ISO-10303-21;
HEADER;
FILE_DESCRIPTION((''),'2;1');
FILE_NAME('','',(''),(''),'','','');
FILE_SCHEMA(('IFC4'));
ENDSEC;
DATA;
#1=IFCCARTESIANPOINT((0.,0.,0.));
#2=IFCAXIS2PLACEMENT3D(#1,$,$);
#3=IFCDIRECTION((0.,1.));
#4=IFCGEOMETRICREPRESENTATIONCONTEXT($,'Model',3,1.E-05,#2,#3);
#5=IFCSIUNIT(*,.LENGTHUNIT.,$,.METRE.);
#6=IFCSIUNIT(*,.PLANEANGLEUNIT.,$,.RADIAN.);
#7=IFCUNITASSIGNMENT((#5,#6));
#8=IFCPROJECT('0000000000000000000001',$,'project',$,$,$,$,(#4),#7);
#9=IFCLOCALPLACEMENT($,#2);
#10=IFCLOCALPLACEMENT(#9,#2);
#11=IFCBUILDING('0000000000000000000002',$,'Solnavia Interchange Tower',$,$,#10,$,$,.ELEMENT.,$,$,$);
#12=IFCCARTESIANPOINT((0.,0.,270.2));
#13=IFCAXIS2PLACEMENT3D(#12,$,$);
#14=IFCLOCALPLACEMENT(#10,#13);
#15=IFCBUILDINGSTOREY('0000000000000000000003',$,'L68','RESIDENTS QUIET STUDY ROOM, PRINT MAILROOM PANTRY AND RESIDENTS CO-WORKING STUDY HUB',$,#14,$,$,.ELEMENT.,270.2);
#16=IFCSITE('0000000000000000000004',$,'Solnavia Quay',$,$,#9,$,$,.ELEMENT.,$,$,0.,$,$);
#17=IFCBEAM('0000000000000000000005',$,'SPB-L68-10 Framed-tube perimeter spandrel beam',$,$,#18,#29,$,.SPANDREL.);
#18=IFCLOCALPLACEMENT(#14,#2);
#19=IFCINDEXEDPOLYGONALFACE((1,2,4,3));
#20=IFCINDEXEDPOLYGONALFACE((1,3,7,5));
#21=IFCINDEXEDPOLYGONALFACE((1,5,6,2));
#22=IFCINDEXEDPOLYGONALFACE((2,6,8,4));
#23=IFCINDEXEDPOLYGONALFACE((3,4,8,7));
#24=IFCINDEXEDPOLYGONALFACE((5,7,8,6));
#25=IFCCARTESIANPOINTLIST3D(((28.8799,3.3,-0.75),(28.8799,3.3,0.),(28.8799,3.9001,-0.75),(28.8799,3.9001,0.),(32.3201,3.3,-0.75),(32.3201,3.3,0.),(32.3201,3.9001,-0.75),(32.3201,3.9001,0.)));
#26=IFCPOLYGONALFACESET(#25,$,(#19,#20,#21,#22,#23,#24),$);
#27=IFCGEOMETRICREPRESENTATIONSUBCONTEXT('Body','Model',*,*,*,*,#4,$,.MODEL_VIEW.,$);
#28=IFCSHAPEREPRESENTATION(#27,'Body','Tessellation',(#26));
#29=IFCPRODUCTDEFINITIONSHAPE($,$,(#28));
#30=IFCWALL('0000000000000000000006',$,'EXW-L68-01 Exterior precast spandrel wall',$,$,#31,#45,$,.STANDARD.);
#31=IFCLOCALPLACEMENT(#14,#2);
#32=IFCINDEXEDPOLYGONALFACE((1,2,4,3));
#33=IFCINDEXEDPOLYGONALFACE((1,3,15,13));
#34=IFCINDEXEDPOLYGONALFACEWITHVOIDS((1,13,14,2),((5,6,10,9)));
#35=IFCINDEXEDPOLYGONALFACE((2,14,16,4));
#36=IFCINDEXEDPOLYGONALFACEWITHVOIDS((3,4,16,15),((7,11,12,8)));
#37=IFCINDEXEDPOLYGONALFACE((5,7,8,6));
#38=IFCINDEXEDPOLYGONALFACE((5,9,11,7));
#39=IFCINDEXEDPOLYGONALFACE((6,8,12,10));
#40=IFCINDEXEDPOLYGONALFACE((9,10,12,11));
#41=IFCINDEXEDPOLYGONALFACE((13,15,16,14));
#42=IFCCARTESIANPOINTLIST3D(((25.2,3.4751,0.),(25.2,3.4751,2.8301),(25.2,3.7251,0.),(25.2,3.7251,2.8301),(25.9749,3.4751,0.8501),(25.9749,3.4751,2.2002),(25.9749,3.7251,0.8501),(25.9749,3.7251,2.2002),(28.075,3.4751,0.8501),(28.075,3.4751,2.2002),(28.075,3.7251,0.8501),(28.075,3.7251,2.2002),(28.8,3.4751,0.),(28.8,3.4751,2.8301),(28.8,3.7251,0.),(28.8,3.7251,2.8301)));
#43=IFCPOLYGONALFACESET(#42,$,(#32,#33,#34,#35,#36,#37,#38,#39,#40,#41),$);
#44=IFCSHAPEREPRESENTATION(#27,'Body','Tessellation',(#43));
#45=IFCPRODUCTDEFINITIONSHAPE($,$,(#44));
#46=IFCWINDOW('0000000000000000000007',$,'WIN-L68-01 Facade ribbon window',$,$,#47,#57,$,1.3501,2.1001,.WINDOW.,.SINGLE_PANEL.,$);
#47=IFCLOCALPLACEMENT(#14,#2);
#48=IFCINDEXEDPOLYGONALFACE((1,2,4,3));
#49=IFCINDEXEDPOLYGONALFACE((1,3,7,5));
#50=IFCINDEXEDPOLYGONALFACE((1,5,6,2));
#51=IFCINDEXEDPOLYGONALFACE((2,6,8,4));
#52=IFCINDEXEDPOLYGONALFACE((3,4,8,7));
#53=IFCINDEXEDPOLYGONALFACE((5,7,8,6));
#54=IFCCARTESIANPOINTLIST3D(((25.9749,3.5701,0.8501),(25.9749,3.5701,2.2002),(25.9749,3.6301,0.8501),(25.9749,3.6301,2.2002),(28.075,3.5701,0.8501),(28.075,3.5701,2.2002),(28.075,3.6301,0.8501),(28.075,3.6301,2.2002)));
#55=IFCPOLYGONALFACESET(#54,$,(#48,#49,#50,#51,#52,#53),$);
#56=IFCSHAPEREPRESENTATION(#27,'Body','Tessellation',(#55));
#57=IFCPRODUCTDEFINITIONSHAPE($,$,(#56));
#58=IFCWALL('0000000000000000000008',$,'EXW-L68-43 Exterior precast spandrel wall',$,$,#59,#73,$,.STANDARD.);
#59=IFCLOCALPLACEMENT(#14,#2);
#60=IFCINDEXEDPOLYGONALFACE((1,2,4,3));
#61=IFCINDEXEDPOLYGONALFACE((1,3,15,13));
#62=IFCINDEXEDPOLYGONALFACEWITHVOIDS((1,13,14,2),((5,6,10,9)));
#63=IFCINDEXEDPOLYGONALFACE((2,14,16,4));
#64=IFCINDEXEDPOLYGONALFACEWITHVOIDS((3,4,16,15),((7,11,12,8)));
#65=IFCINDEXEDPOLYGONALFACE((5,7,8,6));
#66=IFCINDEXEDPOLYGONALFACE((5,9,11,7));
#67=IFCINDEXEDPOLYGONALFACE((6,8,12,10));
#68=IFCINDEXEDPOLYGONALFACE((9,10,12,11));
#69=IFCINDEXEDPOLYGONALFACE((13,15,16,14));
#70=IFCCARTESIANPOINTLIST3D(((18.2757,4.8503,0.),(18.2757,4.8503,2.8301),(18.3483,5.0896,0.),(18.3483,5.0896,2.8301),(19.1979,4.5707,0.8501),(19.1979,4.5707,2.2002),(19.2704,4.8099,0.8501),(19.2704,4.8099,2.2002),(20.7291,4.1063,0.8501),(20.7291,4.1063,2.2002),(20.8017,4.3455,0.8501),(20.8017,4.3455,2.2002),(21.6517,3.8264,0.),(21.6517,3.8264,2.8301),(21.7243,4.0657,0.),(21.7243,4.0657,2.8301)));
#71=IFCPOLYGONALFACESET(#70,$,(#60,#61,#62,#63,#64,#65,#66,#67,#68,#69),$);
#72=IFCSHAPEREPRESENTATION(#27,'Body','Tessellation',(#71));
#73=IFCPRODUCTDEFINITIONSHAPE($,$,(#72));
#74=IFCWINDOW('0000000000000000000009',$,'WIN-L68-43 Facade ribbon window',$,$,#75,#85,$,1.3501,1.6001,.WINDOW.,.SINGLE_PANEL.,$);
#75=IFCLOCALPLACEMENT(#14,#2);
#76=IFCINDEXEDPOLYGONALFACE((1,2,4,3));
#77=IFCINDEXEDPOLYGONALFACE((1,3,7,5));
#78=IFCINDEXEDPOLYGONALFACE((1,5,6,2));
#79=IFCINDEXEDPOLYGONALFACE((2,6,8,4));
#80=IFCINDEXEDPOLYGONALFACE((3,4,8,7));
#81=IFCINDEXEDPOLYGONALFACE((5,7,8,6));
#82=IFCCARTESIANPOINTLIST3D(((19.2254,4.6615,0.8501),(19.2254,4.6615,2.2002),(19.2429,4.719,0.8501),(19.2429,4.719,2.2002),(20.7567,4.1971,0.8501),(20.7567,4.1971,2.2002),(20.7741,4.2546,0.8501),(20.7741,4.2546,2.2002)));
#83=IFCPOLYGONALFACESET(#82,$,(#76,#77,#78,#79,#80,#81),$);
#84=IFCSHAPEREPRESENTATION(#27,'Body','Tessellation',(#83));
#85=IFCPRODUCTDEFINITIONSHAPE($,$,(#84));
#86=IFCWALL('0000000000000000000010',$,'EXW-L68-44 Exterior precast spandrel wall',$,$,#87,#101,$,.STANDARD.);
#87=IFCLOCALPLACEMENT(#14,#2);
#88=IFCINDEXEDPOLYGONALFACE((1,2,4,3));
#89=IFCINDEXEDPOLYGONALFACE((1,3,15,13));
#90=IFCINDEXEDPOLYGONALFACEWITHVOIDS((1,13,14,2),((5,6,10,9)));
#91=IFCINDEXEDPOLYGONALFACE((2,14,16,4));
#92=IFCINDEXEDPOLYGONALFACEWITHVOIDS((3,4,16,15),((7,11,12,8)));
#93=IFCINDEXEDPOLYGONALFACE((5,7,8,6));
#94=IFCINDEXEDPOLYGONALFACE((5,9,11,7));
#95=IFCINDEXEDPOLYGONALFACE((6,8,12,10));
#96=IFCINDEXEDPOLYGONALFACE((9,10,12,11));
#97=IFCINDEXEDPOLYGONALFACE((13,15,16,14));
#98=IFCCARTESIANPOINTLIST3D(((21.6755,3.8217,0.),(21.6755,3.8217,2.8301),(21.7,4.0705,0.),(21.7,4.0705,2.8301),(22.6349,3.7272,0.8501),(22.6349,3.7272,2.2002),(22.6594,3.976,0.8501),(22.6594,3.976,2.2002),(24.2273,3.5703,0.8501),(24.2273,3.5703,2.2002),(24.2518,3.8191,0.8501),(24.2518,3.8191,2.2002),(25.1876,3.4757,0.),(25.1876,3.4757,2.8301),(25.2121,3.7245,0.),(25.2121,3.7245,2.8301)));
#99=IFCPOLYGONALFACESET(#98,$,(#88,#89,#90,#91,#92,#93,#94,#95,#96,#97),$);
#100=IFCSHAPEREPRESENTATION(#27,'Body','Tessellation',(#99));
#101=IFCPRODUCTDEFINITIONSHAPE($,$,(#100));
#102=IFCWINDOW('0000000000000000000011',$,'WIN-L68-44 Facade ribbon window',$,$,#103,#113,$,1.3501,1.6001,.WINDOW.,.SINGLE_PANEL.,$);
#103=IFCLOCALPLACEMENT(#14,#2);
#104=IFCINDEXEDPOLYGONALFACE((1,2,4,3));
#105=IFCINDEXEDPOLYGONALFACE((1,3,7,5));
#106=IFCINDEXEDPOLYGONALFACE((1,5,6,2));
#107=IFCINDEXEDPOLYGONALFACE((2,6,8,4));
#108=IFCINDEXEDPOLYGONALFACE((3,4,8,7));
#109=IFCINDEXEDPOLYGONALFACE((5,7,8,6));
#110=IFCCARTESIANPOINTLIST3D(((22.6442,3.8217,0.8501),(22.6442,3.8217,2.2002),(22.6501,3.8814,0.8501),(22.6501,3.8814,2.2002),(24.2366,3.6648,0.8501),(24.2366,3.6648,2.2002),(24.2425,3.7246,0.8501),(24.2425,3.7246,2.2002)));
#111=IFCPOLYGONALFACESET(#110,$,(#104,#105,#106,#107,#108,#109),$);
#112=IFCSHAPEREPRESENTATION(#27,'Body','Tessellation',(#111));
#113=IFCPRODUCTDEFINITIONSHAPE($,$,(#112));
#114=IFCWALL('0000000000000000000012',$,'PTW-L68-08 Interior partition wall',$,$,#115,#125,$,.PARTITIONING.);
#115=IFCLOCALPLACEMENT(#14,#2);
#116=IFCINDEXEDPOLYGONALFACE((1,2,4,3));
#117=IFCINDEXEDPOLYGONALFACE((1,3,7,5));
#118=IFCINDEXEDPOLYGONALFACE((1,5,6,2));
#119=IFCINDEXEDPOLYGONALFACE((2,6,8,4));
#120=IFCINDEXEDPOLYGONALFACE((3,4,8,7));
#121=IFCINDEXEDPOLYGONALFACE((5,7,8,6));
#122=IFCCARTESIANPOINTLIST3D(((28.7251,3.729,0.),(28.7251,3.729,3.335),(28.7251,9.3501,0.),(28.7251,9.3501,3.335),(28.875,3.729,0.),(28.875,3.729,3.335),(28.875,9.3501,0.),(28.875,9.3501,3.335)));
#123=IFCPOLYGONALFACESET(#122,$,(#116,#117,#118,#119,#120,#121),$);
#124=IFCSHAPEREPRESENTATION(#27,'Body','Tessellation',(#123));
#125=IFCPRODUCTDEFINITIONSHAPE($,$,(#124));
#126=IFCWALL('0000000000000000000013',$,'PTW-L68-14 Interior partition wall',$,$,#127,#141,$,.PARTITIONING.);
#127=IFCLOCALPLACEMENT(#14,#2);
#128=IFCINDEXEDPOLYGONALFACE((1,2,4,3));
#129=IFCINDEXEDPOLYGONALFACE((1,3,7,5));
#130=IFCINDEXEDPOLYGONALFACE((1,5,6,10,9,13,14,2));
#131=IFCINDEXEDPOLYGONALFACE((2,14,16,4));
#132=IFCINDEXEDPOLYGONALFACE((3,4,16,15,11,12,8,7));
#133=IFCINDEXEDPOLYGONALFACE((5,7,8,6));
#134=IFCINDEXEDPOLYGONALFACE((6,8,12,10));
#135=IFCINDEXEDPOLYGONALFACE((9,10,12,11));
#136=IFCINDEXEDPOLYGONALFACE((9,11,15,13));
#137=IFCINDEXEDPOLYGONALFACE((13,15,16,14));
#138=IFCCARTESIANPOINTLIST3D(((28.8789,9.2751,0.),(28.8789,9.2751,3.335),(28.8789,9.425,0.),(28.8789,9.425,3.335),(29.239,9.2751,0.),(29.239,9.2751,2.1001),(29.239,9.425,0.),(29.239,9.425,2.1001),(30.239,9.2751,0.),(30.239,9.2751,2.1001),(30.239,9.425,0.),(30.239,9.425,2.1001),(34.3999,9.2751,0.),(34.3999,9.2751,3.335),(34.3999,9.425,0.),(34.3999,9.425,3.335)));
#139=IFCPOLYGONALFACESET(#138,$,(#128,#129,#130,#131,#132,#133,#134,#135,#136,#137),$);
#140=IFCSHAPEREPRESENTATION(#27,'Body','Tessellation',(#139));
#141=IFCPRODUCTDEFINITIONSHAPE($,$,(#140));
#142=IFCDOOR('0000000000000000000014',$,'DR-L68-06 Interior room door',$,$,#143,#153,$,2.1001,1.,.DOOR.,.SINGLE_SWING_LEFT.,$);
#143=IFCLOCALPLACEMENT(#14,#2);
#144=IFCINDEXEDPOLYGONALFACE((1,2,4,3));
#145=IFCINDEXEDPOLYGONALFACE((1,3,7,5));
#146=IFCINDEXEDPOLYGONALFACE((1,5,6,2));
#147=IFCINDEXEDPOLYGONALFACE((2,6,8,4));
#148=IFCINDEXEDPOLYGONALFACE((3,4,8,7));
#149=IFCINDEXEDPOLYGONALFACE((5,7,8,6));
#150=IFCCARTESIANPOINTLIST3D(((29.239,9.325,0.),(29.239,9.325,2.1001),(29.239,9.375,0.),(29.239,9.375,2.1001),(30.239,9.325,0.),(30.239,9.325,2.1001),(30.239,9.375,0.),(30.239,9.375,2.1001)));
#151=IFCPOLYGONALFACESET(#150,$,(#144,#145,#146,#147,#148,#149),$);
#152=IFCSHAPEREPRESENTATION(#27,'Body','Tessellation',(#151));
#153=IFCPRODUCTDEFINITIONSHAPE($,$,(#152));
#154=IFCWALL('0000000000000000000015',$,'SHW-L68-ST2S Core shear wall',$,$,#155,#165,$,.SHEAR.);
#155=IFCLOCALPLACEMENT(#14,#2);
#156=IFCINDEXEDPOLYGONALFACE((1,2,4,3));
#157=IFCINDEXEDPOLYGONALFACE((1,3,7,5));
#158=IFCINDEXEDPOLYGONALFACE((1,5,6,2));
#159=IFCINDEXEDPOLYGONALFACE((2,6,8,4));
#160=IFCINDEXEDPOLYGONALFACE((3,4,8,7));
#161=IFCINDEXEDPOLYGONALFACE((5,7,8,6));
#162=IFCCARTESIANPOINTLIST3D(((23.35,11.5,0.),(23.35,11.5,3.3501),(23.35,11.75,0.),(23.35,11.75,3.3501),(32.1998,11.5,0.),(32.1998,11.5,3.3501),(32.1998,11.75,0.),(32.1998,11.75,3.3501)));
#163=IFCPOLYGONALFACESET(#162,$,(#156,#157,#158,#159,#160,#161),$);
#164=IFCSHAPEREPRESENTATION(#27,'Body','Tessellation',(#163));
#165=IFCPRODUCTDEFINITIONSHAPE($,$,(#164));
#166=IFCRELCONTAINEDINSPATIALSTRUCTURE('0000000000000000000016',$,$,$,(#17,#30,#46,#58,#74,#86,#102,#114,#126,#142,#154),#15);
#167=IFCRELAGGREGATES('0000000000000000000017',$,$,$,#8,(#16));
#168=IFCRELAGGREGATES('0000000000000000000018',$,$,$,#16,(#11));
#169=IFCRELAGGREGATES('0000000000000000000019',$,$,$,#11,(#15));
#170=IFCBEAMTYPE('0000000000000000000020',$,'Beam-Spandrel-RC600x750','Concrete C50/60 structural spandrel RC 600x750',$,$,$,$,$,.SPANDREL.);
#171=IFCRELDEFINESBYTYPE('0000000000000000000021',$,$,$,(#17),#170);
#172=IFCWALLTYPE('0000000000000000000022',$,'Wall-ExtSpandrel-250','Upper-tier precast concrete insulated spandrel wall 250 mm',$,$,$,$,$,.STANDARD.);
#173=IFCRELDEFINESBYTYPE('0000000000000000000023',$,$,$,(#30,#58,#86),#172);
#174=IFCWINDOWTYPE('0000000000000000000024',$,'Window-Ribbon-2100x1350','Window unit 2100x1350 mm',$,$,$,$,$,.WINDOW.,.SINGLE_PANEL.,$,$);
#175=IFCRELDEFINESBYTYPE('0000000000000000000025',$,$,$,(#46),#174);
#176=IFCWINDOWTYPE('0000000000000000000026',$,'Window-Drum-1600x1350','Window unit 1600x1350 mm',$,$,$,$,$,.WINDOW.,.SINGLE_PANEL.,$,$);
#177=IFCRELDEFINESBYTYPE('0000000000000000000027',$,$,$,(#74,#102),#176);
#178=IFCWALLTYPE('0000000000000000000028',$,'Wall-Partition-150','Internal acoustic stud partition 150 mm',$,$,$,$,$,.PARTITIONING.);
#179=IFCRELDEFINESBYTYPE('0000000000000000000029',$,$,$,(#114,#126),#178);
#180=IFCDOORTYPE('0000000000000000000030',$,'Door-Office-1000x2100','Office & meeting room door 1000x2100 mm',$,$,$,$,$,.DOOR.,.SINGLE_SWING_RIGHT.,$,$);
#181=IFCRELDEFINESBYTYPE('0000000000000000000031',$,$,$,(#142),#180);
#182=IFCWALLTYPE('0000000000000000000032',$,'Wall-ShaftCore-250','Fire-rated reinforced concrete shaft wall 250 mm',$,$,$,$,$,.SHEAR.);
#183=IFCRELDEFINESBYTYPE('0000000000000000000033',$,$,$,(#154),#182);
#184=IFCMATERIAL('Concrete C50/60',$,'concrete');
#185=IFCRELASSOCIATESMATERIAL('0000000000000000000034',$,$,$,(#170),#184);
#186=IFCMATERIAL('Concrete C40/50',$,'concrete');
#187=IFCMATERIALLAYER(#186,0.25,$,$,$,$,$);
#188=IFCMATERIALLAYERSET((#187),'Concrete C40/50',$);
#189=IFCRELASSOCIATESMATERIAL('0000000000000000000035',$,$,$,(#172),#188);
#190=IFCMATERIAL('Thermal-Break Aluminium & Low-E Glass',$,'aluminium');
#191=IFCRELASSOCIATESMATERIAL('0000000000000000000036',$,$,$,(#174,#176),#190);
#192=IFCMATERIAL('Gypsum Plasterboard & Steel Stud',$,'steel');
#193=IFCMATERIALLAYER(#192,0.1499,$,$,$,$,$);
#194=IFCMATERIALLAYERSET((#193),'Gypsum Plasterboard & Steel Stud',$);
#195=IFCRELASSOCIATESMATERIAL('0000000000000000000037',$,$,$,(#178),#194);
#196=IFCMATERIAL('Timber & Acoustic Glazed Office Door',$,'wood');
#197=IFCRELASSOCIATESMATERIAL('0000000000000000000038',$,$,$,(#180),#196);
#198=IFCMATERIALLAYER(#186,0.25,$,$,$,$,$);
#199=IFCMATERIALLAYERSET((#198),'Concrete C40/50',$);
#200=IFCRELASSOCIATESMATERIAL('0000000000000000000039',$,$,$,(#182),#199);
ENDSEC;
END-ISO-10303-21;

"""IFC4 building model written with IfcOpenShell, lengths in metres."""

from ifc_helpers import new_model, si_unit, direction, frame, frame_2d, origin, origin_2d, place, context, subcontext, project, spatial, rectangle, extrude, material, layer, layer_set, material_profile, profile_set, type_object, element, fill, save


model = new_model("IFC4")

# Units and contexts
model_context = context("Model", 3, precision=1e-05, world=origin(), true_north=direction((0.0, 1.0)))
body_context = subcontext(model_context, "Body", "Model", "MODEL_VIEW")
ifc_project = project(units=[si_unit("LENGTHUNIT", "METRE"), si_unit("PLANEANGLEUNIT", "RADIAN")], contexts=[model_context])

# Site, building, storey
site_placement = place(None, origin())
site = spatial("IfcSite", under=ifc_project, at=site_placement, Name="Solnavia Quay", CompositionType="ELEMENT", RefElevation=0.0)
building_placement = place(site_placement, origin())
building = spatial("IfcBuilding", under=site, at=building_placement, Name="Solnavia Interchange Tower", CompositionType="ELEMENT")
storey_placement = place(building_placement, frame((0.0, 0.0, 270.2)))
storey = spatial("IfcBuildingStorey", under=building, at=storey_placement, Name="L68", Description="RESIDENTS QUIET STUDY ROOM, PRINT MAILROOM PANTRY AND RESIDENTS CO-WORKING STUDY HUB", CompositionType="ELEMENT", Elevation=270.2)

# Shared definitions
ifc_material_1 = material(Name="Concrete C50/60", Category="concrete")

# Beam
ifc_material_profile_1 = material_profile(ifc_material_1, rectangle(XDim=0.6001, YDim=0.75, at=origin_2d()), Name="RC 600x750")
ifc_profile_set_1 = profile_set([ifc_material_profile_1], Name="Concrete C50/60")
beam_type_1 = type_object("IfcBeamType", Name="Beam-Spandrel-RC600x750", Description="Concrete C50/60 structural spandrel RC 600x750", PredefinedType="SPANDREL", material=ifc_profile_set_1)
beam_1_placement = place(storey_placement, frame((28.8799, 3.6001, -0.375), z_axis=(1.0, 0.0, 0.0), x_axis=(0.0, 1.0, 0.0)))
element("IfcBeam", 1, at=beam_1_placement, inside=storey, type_object=beam_type_1, Name="SPB-L68-10 Framed-tube perimeter spandrel beam", PredefinedType="SPANDREL", context=body_context, shape_type="SweptSolid", body=[
    extrude(rectangle(XDim=0.6001, YDim=0.75, at=origin_2d()), origin(), (0.0, 0.0, 1.0), 3.4402),
])

# Walls, openings, windows
ifc_material_2 = material(Name="Concrete C40/50", Category="concrete")
ifc_layer_1 = layer(ifc_material_2, 0.25)
ifc_layer_set_1 = layer_set([ifc_layer_1], Name="Concrete C40/50")
wall_type_1 = type_object("IfcWallType", Name="Wall-ExtSpandrel-250", Description="Upper-tier precast concrete insulated spandrel wall 250 mm", PredefinedType="STANDARD", material=ifc_layer_set_1)
wall_1_placement = place(storey_placement, frame((28.8, 3.6001, 0.0), z_axis=(0.0, 0.0, 1.0), x_axis=(-1.0, 0.0, 0.0)))
wall_1 = element("IfcWall", 2, at=wall_1_placement, inside=storey, type_object=wall_type_1, Name="EXW-L68-01 Exterior precast spandrel wall", PredefinedType="STANDARD", context=body_context, shape_type="SweptSolid", body=[
    extrude(rectangle(XDim=3.6001, YDim=0.25, at=frame_2d((1.8, 0.0))), origin(), (0.0, 0.0, 1.0), 2.8301),
])
opening_1_placement = place(wall_1_placement, frame((0.7251, 0.0, 0.8501)))
opening_1 = element("IfcOpeningElement", 3, at=opening_1_placement, cuts=wall_1, PredefinedType="OPENING", context=body_context, shape_type="SweptSolid", body=[
    extrude(rectangle(XDim=2.1001, YDim=1.3501, at=frame_2d((1.05, 0.675))), frame((0.0, 0.135, 0.0), z_axis=(0.0, -1.0, 0.0), x_axis=(1.0, 0.0, 0.0)), (0.0, 0.0, 1.0), 0.27),
])
ifc_material_3 = material(Name="Thermal-Break Aluminium & Low-E Glass", Category="aluminium")
window_type_1 = type_object("IfcWindowType", Name="Window-Ribbon-2100x1350", Description="Window unit 2100x1350 mm", PartitioningType="SINGLE_PANEL", PredefinedType="WINDOW", material=ifc_material_3)
window_1_placement = place(opening_1_placement, origin())
window_1 = element("IfcWindow", 4, at=window_1_placement, inside=storey, type_object=window_type_1, Name="WIN-L68-01 Facade ribbon window", OverallHeight=1.3501, OverallWidth=2.1001, PartitioningType="SINGLE_PANEL", PredefinedType="WINDOW", context=body_context, shape_type="SweptSolid", body=[
    extrude(rectangle(XDim=2.1001, YDim=1.3501, at=frame_2d((1.05, 0.675))), frame((0.0, 0.03, 0.0), z_axis=(0.0, -1.0, 0.0), x_axis=(1.0, 0.0, 0.0)), (0.0, 0.0, 1.0), 0.0601),
])
fill(opening_1, window_1)
wall_2_placement = place(storey_placement, frame((21.688, 3.946, 0.0), z_axis=(0.0, 0.0, 1.0), x_axis=(-0.956953, 0.290242, 0.0)))
wall_2 = element("IfcWall", 5, at=wall_2_placement, inside=storey, type_object=wall_type_1, Name="EXW-L68-43 Exterior precast spandrel wall", PredefinedType="STANDARD", context=body_context, shape_type="SweptSolid", body=[
    extrude(rectangle(XDim=3.5278, YDim=0.25, at=frame_2d((1.7639, 0.0))), origin(), (0.0, 0.0, 1.0), 2.8301),
])
opening_2_placement = place(wall_2_placement, frame((0.9641, 0.0, 0.8501)))
opening_2 = element("IfcOpeningElement", 6, at=opening_2_placement, cuts=wall_2, PredefinedType="OPENING", context=body_context, shape_type="SweptSolid", body=[
    extrude(rectangle(XDim=1.6001, YDim=1.3501, at=frame_2d((0.8, 0.675))), frame((0.0, 0.135, 0.0), z_axis=(0.0, -1.0, 0.0), x_axis=(1.0, 0.0, 0.0)), (0.0, 0.0, 1.0), 0.27),
])
window_type_2 = type_object("IfcWindowType", Name="Window-Drum-1600x1350", Description="Window unit 1600x1350 mm", PartitioningType="SINGLE_PANEL", PredefinedType="WINDOW", material=ifc_material_3)
window_2_placement = place(opening_2_placement, origin())
window_2 = element("IfcWindow", 7, at=window_2_placement, inside=storey, type_object=window_type_2, Name="WIN-L68-43 Facade ribbon window", OverallHeight=1.3501, OverallWidth=1.6001, PartitioningType="SINGLE_PANEL", PredefinedType="WINDOW", context=body_context, shape_type="SweptSolid", body=[
    extrude(rectangle(XDim=1.6001, YDim=1.3501, at=frame_2d((0.8, 0.675))), frame((0.0, 0.03, 0.0), z_axis=(0.0, -1.0, 0.0), x_axis=(1.0, 0.0, 0.0)), (0.0, 0.0, 1.0), 0.0601),
])
fill(opening_2, window_2)
wall_3_placement = place(storey_placement, frame((25.2, 3.6001, 0.0), z_axis=(0.0, 0.0, 1.0), x_axis=(-0.995183, 0.098031, 0.0)))
wall_3 = element("IfcWall", 8, at=wall_3_placement, inside=storey, type_object=wall_type_1, Name="EXW-L68-44 Exterior precast spandrel wall", PredefinedType="STANDARD", context=body_context, shape_type="SweptSolid", body=[
    extrude(rectangle(XDim=3.5291, YDim=0.25, at=frame_2d((1.7646, 0.0))), origin(), (0.0, 0.0, 1.0), 2.8301),
])
opening_3_placement = place(wall_3_placement, frame((0.9651, 0.0, 0.8501)))
opening_3 = element("IfcOpeningElement", 9, at=opening_3_placement, cuts=wall_3, PredefinedType="OPENING", context=body_context, shape_type="SweptSolid", body=[
    extrude(rectangle(XDim=1.6001, YDim=1.3501, at=frame_2d((0.8, 0.675))), frame((0.0, 0.135, 0.0), z_axis=(0.0, -1.0, 0.0), x_axis=(1.0, 0.0, 0.0)), (0.0, 0.0, 1.0), 0.27),
])
window_3_placement = place(opening_3_placement, origin())
window_3 = element("IfcWindow", 10, at=window_3_placement, inside=storey, type_object=window_type_2, Name="WIN-L68-44 Facade ribbon window", OverallHeight=1.3501, OverallWidth=1.6001, PartitioningType="SINGLE_PANEL", PredefinedType="WINDOW", context=body_context, shape_type="SweptSolid", body=[
    extrude(rectangle(XDim=1.6001, YDim=1.3501, at=frame_2d((0.8, 0.675))), frame((0.0, 0.03, 0.0), z_axis=(0.0, -1.0, 0.0), x_axis=(1.0, 0.0, 0.0)), (0.0, 0.0, 1.0), 0.0601),
])
fill(opening_3, window_3)

# Wall
ifc_material_4 = material(Name="Gypsum Plasterboard & Steel Stud", Category="steel")
ifc_layer_2 = layer(ifc_material_4, 0.1499)
ifc_layer_set_2 = layer_set([ifc_layer_2], Name="Gypsum Plasterboard & Steel Stud")
wall_type_2 = type_object("IfcWallType", Name="Wall-Partition-150", Description="Internal acoustic stud partition 150 mm", PredefinedType="PARTITIONING", material=ifc_layer_set_2)
wall_4_placement = place(storey_placement, frame((28.8, 9.3501, 0.0), z_axis=(0.0, 0.0, 1.0), x_axis=(0.0, -1.0, 0.0)))
element("IfcWall", 11, at=wall_4_placement, inside=storey, type_object=wall_type_2, Name="PTW-L68-08 Interior partition wall", PredefinedType="PARTITIONING", context=body_context, shape_type="SweptSolid", body=[
    extrude(rectangle(XDim=5.6211, YDim=0.1499, at=frame_2d((2.8105, 0.0))), origin(), (0.0, 0.0, 1.0), 3.335),
])

# Wall, opening, door
wall_5_placement = place(storey_placement, frame((28.8789, 9.3501, 0.0), z_axis=(0.0, 0.0, 1.0), x_axis=(1.0, 0.0, 0.0)))
wall_5 = element("IfcWall", 12, at=wall_5_placement, inside=storey, type_object=wall_type_2, Name="PTW-L68-14 Interior partition wall", PredefinedType="PARTITIONING", context=body_context, shape_type="SweptSolid", body=[
    extrude(rectangle(XDim=5.521, YDim=0.1499, at=frame_2d((2.7605, 0.0))), origin(), (0.0, 0.0, 1.0), 3.335),
])
opening_4_placement = place(wall_5_placement, frame((0.3601, 0.0, 0.0)))
opening_4 = element("IfcOpeningElement", 13, at=opening_4_placement, cuts=wall_5, PredefinedType="OPENING", context=body_context, shape_type="SweptSolid", body=[
    extrude(rectangle(XDim=1.0, YDim=2.1001, at=frame_2d((0.5, 1.05))), frame((0.0, 0.085, 0.0), z_axis=(0.0, -1.0, 0.0), x_axis=(1.0, 0.0, 0.0)), (0.0, 0.0, 1.0), 0.1699),
])
ifc_material_5 = material(Name="Timber & Acoustic Glazed Office Door", Category="wood")
door_type_1 = type_object("IfcDoorType", Name="Door-Office-1000x2100", Description="Office & meeting room door 1000x2100 mm", OperationType="SINGLE_SWING_RIGHT", PredefinedType="DOOR", material=ifc_material_5)
door_1_placement = place(opening_4_placement, origin())
door_1 = element("IfcDoor", 14, at=door_1_placement, inside=storey, type_object=door_type_1, Name="DR-L68-06 Interior room door", OperationType="SINGLE_SWING_LEFT", OverallHeight=2.1001, OverallWidth=1.0, PredefinedType="DOOR", context=body_context, shape_type="SweptSolid", body=[
    extrude(rectangle(XDim=1.0, YDim=2.1001, at=frame_2d((0.5, 1.05))), frame((0.0, 0.0249, 0.0), z_axis=(0.0, -1.0, 0.0), x_axis=(1.0, 0.0, 0.0)), (0.0, 0.0, 1.0), 0.05),
])
fill(opening_4, door_1)

# Wall
ifc_layer_3 = layer(ifc_material_2, 0.25)
ifc_layer_set_3 = layer_set([ifc_layer_3], Name="Concrete C40/50")
wall_type_3 = type_object("IfcWallType", Name="Wall-ShaftCore-250", Description="Fire-rated reinforced concrete shaft wall 250 mm", PredefinedType="SHEAR", material=ifc_layer_set_3)
wall_6_placement = place(storey_placement, frame((23.3501, 11.625, 0.0), z_axis=(0.0, 0.0, 1.0), x_axis=(1.0, 0.0, 0.0)))
element("IfcWall", 15, at=wall_6_placement, inside=storey, type_object=wall_type_3, Name="SHW-L68-ST2S Core shear wall", PredefinedType="SHEAR", context=body_context, shape_type="SweptSolid", body=[
    extrude(rectangle(XDim=8.8499, YDim=0.25, at=frame_2d((4.4248, 0.0))), origin(), (0.0, 0.0, 1.0), 3.3501),
])

save(model, "model.ifc")
